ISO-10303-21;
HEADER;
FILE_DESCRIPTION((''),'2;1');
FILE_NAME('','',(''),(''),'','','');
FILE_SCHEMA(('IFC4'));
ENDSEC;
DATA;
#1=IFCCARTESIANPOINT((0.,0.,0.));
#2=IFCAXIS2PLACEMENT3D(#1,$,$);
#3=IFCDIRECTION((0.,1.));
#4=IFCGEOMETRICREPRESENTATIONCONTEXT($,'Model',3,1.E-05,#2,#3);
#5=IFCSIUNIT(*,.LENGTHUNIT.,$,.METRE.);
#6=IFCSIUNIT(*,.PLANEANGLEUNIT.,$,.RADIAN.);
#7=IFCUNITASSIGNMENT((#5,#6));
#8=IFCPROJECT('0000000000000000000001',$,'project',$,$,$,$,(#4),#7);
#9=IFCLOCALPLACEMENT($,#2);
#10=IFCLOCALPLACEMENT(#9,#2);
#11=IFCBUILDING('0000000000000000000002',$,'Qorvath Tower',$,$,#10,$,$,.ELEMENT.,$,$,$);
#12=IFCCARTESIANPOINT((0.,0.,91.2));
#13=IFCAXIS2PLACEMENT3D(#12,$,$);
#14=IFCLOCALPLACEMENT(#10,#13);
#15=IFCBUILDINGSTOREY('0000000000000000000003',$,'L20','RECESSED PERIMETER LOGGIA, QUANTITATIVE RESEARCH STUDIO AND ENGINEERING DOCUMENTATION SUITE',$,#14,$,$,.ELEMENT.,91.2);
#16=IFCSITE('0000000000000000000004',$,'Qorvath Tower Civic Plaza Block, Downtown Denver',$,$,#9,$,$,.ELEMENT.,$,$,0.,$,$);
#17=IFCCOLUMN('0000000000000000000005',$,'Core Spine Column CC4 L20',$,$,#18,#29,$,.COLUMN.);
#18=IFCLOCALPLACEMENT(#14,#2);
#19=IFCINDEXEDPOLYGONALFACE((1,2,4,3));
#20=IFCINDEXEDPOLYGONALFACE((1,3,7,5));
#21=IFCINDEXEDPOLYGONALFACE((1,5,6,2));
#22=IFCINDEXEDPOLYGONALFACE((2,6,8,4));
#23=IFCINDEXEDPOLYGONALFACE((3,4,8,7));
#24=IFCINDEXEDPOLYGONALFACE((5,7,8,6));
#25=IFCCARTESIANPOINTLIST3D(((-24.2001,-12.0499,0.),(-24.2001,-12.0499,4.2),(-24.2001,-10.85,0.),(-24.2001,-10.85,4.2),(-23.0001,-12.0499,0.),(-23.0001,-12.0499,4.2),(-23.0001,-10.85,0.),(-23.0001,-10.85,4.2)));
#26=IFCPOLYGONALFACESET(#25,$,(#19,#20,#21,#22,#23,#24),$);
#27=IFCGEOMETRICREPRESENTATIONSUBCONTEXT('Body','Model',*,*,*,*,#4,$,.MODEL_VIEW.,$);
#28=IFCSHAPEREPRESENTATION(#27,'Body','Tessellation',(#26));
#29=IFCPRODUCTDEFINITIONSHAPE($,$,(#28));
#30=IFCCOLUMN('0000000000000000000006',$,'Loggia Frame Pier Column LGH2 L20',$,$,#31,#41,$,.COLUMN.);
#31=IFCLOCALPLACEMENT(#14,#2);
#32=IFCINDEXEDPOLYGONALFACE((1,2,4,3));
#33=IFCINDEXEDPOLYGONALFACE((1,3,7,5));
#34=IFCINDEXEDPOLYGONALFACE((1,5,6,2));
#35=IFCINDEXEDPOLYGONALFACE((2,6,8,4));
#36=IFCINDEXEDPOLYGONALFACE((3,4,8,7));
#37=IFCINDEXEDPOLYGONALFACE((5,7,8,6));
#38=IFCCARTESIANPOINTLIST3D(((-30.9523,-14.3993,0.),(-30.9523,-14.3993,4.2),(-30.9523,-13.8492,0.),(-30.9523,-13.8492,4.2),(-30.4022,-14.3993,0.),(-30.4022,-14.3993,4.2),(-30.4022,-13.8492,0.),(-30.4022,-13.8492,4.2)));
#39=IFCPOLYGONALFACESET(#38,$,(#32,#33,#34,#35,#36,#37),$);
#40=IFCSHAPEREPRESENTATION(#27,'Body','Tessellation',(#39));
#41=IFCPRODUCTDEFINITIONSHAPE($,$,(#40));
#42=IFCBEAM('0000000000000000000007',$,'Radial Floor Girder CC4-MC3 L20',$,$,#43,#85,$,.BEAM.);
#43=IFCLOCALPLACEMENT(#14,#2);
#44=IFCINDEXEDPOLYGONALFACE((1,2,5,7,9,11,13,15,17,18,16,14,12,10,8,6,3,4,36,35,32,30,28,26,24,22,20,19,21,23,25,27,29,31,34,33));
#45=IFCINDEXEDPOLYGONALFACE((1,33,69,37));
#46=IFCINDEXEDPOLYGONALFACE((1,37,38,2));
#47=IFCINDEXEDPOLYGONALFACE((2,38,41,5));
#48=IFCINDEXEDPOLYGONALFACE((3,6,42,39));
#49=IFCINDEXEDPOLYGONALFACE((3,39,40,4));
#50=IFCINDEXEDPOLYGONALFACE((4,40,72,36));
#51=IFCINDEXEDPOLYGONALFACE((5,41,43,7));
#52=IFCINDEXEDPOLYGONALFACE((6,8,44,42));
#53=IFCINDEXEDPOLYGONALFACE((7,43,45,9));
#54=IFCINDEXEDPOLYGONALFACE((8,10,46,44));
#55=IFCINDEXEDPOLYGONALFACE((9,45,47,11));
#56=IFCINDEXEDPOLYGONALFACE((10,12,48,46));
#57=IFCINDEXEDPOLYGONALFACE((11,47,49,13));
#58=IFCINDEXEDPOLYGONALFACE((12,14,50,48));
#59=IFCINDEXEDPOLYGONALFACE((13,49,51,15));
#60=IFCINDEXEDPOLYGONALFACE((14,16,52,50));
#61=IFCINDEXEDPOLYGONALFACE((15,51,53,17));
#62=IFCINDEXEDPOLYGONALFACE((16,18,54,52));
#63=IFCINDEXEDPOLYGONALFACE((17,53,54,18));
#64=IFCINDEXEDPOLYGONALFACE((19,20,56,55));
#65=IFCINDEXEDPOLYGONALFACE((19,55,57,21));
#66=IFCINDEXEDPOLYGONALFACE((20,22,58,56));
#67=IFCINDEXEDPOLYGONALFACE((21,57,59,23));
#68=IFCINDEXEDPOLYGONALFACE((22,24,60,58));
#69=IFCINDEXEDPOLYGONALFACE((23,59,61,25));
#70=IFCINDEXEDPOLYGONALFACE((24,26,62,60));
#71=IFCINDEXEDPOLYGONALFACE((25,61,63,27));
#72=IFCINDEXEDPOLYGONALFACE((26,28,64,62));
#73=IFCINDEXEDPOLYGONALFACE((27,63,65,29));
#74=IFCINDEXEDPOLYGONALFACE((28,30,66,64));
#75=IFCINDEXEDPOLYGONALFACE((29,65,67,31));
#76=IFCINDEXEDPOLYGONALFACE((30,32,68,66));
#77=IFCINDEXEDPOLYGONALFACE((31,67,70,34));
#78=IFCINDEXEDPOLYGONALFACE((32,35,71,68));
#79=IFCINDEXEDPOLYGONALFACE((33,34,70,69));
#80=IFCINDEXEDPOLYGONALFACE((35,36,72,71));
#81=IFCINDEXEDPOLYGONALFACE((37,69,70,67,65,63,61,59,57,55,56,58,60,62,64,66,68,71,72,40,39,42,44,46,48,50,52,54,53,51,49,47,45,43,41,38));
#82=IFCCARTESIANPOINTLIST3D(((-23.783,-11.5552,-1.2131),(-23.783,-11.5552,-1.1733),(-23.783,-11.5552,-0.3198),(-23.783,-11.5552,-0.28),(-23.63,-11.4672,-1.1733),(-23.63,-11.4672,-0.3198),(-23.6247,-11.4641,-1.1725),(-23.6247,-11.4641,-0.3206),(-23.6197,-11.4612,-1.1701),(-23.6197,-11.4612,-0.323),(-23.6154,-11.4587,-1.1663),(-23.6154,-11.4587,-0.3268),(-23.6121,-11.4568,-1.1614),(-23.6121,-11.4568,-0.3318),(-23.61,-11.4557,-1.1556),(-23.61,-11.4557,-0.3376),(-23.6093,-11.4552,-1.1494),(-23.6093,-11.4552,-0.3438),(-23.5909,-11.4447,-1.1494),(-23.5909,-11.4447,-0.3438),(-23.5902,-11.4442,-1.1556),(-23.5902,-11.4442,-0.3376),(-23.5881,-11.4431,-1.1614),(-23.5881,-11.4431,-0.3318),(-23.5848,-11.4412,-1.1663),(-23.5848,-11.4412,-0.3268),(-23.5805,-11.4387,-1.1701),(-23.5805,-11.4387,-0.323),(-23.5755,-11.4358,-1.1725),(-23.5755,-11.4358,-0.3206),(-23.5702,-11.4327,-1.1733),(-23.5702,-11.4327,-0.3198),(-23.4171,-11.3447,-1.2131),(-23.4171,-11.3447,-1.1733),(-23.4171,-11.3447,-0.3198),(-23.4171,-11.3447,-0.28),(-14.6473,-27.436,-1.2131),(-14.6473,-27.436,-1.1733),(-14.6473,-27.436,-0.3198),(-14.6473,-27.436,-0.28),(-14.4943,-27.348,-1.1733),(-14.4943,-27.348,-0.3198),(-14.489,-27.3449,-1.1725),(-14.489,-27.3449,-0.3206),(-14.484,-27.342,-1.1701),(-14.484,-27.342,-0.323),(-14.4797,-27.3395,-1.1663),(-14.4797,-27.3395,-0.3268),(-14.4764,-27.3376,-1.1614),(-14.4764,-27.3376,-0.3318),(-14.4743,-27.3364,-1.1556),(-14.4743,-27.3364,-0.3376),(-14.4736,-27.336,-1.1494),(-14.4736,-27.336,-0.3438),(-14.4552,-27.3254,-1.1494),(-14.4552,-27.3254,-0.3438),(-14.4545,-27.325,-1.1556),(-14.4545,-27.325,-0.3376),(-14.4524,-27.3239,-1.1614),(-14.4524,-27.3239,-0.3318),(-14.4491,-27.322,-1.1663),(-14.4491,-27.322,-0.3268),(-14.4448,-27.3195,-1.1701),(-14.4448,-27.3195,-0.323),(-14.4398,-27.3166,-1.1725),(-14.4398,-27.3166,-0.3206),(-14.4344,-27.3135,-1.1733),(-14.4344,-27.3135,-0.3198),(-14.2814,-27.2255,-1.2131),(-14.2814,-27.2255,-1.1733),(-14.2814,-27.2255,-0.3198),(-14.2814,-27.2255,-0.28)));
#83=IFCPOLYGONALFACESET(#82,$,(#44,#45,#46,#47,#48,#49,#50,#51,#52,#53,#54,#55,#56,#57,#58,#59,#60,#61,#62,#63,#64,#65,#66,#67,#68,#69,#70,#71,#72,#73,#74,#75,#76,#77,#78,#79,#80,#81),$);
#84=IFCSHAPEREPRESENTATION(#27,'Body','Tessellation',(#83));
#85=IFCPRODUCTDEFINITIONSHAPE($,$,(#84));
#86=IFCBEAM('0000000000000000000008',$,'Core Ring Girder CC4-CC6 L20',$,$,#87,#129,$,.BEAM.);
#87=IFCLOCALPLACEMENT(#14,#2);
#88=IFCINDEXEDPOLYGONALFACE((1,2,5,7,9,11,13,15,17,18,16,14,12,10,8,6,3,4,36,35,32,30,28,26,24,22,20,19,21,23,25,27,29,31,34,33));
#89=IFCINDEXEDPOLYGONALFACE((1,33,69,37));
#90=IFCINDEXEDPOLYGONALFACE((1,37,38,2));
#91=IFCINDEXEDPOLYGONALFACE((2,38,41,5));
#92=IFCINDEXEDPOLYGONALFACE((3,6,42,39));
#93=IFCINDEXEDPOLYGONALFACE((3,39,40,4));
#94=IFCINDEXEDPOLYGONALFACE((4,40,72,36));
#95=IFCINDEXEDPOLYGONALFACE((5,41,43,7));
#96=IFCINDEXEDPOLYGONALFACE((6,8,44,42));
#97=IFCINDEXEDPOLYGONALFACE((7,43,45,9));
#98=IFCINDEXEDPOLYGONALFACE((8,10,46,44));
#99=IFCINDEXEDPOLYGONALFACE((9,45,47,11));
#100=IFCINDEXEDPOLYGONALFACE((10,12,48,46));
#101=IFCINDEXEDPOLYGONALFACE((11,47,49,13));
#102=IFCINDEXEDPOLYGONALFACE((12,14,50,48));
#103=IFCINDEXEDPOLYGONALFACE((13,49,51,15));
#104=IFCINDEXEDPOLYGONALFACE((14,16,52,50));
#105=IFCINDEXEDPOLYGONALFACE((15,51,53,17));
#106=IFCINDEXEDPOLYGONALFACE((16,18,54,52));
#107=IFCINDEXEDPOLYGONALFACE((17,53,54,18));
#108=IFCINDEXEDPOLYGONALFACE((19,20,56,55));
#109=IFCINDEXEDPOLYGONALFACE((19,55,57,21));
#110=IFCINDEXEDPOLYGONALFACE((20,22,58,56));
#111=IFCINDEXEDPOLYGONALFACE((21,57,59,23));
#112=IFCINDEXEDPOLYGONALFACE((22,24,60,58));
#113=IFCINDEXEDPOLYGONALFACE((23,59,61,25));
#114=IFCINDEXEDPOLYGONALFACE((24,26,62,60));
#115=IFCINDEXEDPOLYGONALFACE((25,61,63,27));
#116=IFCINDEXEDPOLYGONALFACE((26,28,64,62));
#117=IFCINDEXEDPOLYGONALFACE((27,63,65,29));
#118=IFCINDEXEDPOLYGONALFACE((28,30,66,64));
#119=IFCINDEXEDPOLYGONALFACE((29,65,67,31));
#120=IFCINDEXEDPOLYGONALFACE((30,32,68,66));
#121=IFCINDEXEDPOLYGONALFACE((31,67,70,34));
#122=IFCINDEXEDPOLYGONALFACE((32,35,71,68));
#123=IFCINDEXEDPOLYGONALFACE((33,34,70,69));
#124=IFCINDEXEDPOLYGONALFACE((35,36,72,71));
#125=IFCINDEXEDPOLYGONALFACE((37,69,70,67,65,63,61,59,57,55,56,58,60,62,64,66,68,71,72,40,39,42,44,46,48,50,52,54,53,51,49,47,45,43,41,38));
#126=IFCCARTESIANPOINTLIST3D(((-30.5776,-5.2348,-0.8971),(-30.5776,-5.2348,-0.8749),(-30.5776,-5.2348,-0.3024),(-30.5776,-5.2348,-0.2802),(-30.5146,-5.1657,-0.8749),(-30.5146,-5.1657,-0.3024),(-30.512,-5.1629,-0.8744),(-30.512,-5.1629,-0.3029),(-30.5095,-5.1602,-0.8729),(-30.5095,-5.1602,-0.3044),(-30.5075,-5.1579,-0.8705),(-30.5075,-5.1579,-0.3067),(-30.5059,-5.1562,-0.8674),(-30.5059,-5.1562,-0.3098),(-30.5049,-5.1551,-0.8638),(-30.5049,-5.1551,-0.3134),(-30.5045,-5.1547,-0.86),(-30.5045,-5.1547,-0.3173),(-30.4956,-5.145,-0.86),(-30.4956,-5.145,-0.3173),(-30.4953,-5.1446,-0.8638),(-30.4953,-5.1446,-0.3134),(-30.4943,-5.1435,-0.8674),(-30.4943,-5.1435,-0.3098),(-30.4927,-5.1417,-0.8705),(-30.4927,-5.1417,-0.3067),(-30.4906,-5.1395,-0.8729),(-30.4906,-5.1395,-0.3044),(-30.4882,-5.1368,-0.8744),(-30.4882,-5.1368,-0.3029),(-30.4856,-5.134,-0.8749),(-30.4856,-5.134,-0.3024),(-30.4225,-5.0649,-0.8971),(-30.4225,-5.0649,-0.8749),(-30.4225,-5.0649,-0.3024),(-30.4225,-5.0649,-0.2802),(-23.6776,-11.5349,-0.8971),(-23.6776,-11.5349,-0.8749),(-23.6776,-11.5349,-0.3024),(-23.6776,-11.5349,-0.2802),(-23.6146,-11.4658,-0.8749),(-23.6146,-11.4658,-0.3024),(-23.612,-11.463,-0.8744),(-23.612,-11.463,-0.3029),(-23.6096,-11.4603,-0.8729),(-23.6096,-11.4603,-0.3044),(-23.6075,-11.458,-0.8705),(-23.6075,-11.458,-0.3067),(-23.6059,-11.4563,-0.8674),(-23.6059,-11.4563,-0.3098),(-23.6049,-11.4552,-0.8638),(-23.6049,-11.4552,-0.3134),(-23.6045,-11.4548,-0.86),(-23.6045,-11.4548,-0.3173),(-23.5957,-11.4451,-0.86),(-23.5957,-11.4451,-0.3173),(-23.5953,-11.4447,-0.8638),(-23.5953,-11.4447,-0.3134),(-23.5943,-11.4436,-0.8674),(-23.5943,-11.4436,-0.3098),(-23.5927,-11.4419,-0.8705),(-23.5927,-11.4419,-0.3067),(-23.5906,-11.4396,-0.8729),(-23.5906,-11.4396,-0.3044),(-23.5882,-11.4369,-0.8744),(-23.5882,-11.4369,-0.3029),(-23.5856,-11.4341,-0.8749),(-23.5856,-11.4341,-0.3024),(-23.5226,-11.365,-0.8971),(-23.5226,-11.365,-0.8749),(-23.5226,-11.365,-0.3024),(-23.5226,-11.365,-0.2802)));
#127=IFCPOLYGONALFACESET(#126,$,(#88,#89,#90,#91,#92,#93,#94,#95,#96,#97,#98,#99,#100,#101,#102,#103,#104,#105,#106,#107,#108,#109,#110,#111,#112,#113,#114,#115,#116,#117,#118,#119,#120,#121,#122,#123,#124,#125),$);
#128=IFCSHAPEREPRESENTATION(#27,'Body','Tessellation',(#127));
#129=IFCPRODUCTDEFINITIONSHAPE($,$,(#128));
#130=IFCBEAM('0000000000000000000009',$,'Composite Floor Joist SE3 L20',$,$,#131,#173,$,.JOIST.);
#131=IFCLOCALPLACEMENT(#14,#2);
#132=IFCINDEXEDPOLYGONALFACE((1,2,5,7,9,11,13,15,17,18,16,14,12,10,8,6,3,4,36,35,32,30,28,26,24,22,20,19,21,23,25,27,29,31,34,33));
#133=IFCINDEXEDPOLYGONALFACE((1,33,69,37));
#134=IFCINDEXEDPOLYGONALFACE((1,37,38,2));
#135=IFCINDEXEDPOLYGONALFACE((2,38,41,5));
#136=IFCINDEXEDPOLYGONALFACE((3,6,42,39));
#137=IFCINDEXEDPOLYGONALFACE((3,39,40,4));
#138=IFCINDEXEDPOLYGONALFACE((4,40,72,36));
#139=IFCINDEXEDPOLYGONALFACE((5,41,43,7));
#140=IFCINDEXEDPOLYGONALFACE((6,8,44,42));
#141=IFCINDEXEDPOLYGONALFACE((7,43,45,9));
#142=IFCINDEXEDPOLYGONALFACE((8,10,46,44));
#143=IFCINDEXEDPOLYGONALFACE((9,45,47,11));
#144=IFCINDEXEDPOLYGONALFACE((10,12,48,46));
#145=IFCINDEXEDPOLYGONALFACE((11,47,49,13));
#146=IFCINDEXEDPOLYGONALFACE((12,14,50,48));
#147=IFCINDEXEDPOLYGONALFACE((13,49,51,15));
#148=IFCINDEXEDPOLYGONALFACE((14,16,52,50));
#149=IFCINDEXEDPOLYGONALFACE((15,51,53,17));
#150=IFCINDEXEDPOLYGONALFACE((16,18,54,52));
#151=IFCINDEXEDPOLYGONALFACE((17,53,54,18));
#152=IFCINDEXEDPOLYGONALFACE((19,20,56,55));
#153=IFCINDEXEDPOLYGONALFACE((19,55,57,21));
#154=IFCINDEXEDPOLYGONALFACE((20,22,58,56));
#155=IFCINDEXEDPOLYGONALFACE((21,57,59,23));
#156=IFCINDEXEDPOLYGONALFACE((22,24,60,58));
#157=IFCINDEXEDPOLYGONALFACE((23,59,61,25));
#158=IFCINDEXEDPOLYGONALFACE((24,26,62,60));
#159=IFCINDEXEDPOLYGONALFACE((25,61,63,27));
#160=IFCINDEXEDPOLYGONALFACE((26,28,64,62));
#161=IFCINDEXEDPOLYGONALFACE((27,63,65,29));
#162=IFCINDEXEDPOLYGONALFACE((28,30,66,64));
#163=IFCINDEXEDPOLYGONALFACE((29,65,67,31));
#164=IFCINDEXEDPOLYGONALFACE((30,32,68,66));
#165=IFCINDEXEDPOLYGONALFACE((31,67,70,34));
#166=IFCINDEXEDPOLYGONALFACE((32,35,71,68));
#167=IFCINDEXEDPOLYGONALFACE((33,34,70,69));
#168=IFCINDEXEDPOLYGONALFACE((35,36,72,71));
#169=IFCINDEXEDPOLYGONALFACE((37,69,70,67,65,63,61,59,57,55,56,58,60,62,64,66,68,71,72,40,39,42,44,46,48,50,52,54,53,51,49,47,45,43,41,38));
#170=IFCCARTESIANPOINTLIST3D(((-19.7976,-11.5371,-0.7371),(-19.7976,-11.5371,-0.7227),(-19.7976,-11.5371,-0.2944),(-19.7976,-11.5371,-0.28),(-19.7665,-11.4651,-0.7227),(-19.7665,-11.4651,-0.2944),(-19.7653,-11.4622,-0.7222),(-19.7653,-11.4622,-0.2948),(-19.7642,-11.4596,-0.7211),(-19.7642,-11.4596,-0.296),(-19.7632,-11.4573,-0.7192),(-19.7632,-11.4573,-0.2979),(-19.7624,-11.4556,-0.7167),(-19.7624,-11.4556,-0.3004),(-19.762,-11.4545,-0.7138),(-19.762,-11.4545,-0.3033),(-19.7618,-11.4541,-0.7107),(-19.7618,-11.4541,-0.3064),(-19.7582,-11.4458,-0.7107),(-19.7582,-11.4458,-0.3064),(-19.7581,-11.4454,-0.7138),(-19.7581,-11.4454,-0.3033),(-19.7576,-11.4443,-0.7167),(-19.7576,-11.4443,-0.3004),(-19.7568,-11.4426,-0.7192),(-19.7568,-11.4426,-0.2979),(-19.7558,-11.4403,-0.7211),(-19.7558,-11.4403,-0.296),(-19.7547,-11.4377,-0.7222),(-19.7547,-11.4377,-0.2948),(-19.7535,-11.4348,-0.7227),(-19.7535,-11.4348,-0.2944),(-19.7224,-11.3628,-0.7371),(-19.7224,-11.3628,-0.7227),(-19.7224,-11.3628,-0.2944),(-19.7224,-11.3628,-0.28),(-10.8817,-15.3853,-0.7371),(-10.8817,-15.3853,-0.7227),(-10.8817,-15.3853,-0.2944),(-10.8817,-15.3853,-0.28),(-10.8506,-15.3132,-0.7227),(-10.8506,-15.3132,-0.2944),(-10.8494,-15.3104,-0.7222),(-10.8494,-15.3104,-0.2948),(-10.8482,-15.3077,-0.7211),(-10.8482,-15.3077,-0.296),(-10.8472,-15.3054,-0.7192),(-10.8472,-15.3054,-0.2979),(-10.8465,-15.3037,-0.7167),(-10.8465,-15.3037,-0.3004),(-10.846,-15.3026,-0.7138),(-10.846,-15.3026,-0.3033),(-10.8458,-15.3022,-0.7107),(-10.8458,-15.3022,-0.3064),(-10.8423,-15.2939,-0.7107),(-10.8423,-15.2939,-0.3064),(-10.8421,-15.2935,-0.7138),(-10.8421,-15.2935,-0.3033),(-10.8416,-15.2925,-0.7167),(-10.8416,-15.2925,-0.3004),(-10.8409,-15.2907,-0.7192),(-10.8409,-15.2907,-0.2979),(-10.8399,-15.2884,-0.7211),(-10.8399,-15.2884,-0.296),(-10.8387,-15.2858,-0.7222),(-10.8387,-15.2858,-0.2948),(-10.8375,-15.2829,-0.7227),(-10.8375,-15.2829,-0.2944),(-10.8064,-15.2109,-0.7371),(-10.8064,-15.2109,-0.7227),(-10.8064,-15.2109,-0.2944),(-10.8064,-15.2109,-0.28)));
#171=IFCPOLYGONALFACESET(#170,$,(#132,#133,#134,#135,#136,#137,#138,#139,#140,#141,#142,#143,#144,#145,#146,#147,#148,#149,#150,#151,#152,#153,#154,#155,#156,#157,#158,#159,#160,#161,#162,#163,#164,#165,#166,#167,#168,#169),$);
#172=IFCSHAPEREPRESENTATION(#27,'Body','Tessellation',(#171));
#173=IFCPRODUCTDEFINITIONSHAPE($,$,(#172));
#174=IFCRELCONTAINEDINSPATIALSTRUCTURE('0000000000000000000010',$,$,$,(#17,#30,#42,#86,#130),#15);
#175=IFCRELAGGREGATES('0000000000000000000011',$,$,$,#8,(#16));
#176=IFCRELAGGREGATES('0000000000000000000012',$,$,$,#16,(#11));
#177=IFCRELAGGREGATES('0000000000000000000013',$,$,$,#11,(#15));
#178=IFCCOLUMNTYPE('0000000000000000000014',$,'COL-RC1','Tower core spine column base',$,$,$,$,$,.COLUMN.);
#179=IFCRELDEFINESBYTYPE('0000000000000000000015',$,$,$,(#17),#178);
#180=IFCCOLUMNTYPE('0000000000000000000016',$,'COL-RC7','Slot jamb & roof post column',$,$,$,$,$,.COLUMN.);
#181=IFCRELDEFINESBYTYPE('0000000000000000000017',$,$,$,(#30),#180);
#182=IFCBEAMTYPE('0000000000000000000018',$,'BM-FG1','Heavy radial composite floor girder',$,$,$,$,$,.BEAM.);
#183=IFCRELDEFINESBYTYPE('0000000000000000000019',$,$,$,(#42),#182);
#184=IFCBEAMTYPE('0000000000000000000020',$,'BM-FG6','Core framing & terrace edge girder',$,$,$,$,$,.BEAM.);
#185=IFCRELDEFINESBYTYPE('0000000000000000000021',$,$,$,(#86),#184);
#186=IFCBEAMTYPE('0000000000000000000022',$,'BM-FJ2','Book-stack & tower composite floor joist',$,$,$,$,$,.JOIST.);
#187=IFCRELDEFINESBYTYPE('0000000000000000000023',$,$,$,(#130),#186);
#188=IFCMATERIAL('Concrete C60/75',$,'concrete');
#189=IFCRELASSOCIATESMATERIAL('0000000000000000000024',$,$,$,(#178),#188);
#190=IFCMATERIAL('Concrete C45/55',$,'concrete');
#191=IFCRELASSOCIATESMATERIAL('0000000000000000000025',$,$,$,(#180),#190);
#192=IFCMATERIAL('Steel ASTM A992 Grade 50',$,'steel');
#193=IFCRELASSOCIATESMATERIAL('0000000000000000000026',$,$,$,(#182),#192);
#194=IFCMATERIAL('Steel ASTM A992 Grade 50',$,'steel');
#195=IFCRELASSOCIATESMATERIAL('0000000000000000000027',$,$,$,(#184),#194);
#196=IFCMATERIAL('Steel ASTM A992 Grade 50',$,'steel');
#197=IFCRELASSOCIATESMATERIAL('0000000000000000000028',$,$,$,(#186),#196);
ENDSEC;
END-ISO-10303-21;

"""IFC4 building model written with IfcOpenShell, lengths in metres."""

from ifc_helpers import new_model, si_unit, direction, frame, origin, origin_2d, place, context, subcontext, project, spatial, rectangle, i_section, extrude, material, material_profile, profile_set, type_object, element, save


model = new_model("IFC4")

# Units and contexts
model_context = context("Model", 3, precision=1e-05, world=origin(), true_north=direction((0.0, 1.0)))
body_context = subcontext(model_context, "Body", "Model", "MODEL_VIEW")
ifc_project = project(units=[si_unit("LENGTHUNIT", "METRE"), si_unit("PLANEANGLEUNIT", "RADIAN")], contexts=[model_context])

# Site, building, storey
site_placement = place(None, origin())
site = spatial("IfcSite", under=ifc_project, at=site_placement, Name="Qorvath Tower Civic Plaza Block, Downtown Denver", CompositionType="ELEMENT", RefElevation=0.0)
building_placement = place(site_placement, origin())
building = spatial("IfcBuilding", under=site, at=building_placement, Name="Qorvath Tower", CompositionType="ELEMENT")
storey_placement = place(building_placement, frame((0.0, 0.0, 91.2)))
storey = spatial("IfcBuildingStorey", under=building, at=storey_placement, Name="L20", Description="RECESSED PERIMETER LOGGIA, QUANTITATIVE RESEARCH STUDIO AND ENGINEERING DOCUMENTATION SUITE", CompositionType="ELEMENT", Elevation=91.2)

# Columns
ifc_material_1 = material(Name="Concrete C60/75", Category="concrete")
ifc_material_profile_1 = material_profile(ifc_material_1, rectangle(XDim=1.2, YDim=1.2, at=origin_2d()), Name="RC 1200x1200")
ifc_profile_set_1 = profile_set([ifc_material_profile_1], Name="Concrete C60/75")
column_type_1 = type_object("IfcColumnType", Name="COL-RC1", Description="Tower core spine column base", PredefinedType="COLUMN", material=ifc_profile_set_1)
column_1_placement = place(storey_placement, frame((-23.6001, -11.45, 0.0), z_axis=(0.0, 0.0, 1.0), x_axis=(1.0, 0.0, 0.0)))
element("IfcColumn", 1, at=column_1_placement, inside=storey, type_object=column_type_1, Name="Core Spine Column CC4 L20", PredefinedType="COLUMN", context=body_context, shape_type="SweptSolid", body=[
    extrude(rectangle(XDim=1.2, YDim=1.2, at=origin_2d()), origin(), (0.0, 0.0, 1.0), 4.2),
])
ifc_material_2 = material(Name="Concrete C45/55", Category="concrete")
ifc_material_profile_2 = material_profile(ifc_material_2, rectangle(XDim=0.55, YDim=0.55, at=origin_2d()), Name="RC 550x550")
ifc_profile_set_2 = profile_set([ifc_material_profile_2], Name="Concrete C45/55")
column_type_2 = type_object("IfcColumnType", Name="COL-RC7", Description="Slot jamb & roof post column", PredefinedType="COLUMN", material=ifc_profile_set_2)
column_2_placement = place(storey_placement, frame((-30.6772, -14.1243, 0.0), z_axis=(0.0, 0.0, 1.0), x_axis=(1.0, 0.0, 0.0)))
element("IfcColumn", 2, at=column_2_placement, inside=storey, type_object=column_type_2, Name="Loggia Frame Pier Column LGH2 L20", PredefinedType="COLUMN", context=body_context, shape_type="SweptSolid", body=[
    extrude(rectangle(XDim=0.55, YDim=0.55, at=origin_2d()), origin(), (0.0, 0.0, 1.0), 4.2),
])

# Beams
ifc_material_3 = material(Name="Steel ASTM A992 Grade 50", Category="steel")
ifc_material_profile_3 = material_profile(ifc_material_3, i_section(OverallWidth=0.4221, OverallDepth=0.9331, WebThickness=0.0212, FlangeThickness=0.0398, FilletRadius=0.0239, at=origin_2d()), Name="W36x262")
ifc_profile_set_3 = profile_set([ifc_material_profile_3], Name="Steel ASTM A992 Grade 50")
beam_type_1 = type_object("IfcBeamType", Name="BM-FG1", Description="Heavy radial composite floor girder", PredefinedType="BEAM", material=ifc_profile_set_3)
beam_1_placement = place(storey_placement, frame((-23.6001, -11.45, -0.7466), z_axis=(0.498645, -0.866806, 0.0), x_axis=(0.866806, 0.498645, 0.0)))
element("IfcBeam", 3, at=beam_1_placement, inside=storey, type_object=beam_type_1, Name="Radial Floor Girder CC4-MC3 L20", PredefinedType="BEAM", context=body_context, shape_type="SweptSolid", body=[
    extrude(i_section(OverallWidth=0.4221, OverallDepth=0.9331, WebThickness=0.0212, FlangeThickness=0.0398, FilletRadius=0.0239, at=origin_2d()), origin(), (0.0, 0.0, 1.0), 18.321),
])
ifc_material_4 = material(Name="Steel ASTM A992 Grade 50", Category="steel")
ifc_material_profile_4 = material_profile(ifc_material_4, i_section(OverallWidth=0.23, OverallDepth=0.6169, WebThickness=0.0132, FlangeThickness=0.0222, FilletRadius=0.0149, at=origin_2d()), Name="W24x94")
ifc_profile_set_4 = profile_set([ifc_material_profile_4], Name="Steel ASTM A992 Grade 50")
beam_type_2 = type_object("IfcBeamType", Name="BM-FG6", Description="Core framing & terrace edge girder", PredefinedType="BEAM", material=ifc_profile_set_4)
beam_2_placement = place(storey_placement, frame((-23.6001, -11.45, -0.5886), z_axis=(-0.738478, 0.674277, 0.0), x_axis=(-0.674277, -0.738478, 0.0)))
element("IfcBeam", 4, at=beam_2_placement, inside=storey, type_object=beam_type_2, Name="Core Ring Girder CC4-CC6 L20", PredefinedType="BEAM", context=body_context, shape_type="SweptSolid", body=[
    extrude(i_section(OverallWidth=0.23, OverallDepth=0.6169, WebThickness=0.0132, FlangeThickness=0.0222, FilletRadius=0.0149, at=origin_2d()), origin(), (0.0, 0.0, 1.0), 9.3435),
])
ifc_material_5 = material(Name="Steel ASTM A992 Grade 50", Category="steel")
ifc_material_profile_5 = material_profile(ifc_material_5, i_section(OverallWidth=0.1899, OverallDepth=0.457, WebThickness=0.009, FlangeThickness=0.0144, FilletRadius=0.012, at=origin_2d()), Name="W18x50")
ifc_profile_set_5 = profile_set([ifc_material_profile_5], Name="Steel ASTM A992 Grade 50")
beam_type_3 = type_object("IfcBeamType", Name="BM-FJ2", Description="Book-stack & tower composite floor joist", PredefinedType="JOIST", material=ifc_profile_set_5)
beam_3_placement = place(storey_placement, frame((-19.76, -11.45, -0.5085), z_axis=(0.918136, -0.396266, 0.0), x_axis=(0.396266, 0.918136, 0.0)))
element("IfcBeam", 5, at=beam_3_placement, inside=storey, type_object=beam_type_3, Name="Composite Floor Joist SE3 L20", PredefinedType="JOIST", context=body_context, shape_type="SweptSolid", body=[
    extrude(i_section(OverallWidth=0.1899, OverallDepth=0.457, WebThickness=0.009, FlangeThickness=0.0144, FilletRadius=0.012, at=origin_2d()), origin(), (0.0, 0.0, 1.0), 9.7109),
])

save(model, "model.ifc")
